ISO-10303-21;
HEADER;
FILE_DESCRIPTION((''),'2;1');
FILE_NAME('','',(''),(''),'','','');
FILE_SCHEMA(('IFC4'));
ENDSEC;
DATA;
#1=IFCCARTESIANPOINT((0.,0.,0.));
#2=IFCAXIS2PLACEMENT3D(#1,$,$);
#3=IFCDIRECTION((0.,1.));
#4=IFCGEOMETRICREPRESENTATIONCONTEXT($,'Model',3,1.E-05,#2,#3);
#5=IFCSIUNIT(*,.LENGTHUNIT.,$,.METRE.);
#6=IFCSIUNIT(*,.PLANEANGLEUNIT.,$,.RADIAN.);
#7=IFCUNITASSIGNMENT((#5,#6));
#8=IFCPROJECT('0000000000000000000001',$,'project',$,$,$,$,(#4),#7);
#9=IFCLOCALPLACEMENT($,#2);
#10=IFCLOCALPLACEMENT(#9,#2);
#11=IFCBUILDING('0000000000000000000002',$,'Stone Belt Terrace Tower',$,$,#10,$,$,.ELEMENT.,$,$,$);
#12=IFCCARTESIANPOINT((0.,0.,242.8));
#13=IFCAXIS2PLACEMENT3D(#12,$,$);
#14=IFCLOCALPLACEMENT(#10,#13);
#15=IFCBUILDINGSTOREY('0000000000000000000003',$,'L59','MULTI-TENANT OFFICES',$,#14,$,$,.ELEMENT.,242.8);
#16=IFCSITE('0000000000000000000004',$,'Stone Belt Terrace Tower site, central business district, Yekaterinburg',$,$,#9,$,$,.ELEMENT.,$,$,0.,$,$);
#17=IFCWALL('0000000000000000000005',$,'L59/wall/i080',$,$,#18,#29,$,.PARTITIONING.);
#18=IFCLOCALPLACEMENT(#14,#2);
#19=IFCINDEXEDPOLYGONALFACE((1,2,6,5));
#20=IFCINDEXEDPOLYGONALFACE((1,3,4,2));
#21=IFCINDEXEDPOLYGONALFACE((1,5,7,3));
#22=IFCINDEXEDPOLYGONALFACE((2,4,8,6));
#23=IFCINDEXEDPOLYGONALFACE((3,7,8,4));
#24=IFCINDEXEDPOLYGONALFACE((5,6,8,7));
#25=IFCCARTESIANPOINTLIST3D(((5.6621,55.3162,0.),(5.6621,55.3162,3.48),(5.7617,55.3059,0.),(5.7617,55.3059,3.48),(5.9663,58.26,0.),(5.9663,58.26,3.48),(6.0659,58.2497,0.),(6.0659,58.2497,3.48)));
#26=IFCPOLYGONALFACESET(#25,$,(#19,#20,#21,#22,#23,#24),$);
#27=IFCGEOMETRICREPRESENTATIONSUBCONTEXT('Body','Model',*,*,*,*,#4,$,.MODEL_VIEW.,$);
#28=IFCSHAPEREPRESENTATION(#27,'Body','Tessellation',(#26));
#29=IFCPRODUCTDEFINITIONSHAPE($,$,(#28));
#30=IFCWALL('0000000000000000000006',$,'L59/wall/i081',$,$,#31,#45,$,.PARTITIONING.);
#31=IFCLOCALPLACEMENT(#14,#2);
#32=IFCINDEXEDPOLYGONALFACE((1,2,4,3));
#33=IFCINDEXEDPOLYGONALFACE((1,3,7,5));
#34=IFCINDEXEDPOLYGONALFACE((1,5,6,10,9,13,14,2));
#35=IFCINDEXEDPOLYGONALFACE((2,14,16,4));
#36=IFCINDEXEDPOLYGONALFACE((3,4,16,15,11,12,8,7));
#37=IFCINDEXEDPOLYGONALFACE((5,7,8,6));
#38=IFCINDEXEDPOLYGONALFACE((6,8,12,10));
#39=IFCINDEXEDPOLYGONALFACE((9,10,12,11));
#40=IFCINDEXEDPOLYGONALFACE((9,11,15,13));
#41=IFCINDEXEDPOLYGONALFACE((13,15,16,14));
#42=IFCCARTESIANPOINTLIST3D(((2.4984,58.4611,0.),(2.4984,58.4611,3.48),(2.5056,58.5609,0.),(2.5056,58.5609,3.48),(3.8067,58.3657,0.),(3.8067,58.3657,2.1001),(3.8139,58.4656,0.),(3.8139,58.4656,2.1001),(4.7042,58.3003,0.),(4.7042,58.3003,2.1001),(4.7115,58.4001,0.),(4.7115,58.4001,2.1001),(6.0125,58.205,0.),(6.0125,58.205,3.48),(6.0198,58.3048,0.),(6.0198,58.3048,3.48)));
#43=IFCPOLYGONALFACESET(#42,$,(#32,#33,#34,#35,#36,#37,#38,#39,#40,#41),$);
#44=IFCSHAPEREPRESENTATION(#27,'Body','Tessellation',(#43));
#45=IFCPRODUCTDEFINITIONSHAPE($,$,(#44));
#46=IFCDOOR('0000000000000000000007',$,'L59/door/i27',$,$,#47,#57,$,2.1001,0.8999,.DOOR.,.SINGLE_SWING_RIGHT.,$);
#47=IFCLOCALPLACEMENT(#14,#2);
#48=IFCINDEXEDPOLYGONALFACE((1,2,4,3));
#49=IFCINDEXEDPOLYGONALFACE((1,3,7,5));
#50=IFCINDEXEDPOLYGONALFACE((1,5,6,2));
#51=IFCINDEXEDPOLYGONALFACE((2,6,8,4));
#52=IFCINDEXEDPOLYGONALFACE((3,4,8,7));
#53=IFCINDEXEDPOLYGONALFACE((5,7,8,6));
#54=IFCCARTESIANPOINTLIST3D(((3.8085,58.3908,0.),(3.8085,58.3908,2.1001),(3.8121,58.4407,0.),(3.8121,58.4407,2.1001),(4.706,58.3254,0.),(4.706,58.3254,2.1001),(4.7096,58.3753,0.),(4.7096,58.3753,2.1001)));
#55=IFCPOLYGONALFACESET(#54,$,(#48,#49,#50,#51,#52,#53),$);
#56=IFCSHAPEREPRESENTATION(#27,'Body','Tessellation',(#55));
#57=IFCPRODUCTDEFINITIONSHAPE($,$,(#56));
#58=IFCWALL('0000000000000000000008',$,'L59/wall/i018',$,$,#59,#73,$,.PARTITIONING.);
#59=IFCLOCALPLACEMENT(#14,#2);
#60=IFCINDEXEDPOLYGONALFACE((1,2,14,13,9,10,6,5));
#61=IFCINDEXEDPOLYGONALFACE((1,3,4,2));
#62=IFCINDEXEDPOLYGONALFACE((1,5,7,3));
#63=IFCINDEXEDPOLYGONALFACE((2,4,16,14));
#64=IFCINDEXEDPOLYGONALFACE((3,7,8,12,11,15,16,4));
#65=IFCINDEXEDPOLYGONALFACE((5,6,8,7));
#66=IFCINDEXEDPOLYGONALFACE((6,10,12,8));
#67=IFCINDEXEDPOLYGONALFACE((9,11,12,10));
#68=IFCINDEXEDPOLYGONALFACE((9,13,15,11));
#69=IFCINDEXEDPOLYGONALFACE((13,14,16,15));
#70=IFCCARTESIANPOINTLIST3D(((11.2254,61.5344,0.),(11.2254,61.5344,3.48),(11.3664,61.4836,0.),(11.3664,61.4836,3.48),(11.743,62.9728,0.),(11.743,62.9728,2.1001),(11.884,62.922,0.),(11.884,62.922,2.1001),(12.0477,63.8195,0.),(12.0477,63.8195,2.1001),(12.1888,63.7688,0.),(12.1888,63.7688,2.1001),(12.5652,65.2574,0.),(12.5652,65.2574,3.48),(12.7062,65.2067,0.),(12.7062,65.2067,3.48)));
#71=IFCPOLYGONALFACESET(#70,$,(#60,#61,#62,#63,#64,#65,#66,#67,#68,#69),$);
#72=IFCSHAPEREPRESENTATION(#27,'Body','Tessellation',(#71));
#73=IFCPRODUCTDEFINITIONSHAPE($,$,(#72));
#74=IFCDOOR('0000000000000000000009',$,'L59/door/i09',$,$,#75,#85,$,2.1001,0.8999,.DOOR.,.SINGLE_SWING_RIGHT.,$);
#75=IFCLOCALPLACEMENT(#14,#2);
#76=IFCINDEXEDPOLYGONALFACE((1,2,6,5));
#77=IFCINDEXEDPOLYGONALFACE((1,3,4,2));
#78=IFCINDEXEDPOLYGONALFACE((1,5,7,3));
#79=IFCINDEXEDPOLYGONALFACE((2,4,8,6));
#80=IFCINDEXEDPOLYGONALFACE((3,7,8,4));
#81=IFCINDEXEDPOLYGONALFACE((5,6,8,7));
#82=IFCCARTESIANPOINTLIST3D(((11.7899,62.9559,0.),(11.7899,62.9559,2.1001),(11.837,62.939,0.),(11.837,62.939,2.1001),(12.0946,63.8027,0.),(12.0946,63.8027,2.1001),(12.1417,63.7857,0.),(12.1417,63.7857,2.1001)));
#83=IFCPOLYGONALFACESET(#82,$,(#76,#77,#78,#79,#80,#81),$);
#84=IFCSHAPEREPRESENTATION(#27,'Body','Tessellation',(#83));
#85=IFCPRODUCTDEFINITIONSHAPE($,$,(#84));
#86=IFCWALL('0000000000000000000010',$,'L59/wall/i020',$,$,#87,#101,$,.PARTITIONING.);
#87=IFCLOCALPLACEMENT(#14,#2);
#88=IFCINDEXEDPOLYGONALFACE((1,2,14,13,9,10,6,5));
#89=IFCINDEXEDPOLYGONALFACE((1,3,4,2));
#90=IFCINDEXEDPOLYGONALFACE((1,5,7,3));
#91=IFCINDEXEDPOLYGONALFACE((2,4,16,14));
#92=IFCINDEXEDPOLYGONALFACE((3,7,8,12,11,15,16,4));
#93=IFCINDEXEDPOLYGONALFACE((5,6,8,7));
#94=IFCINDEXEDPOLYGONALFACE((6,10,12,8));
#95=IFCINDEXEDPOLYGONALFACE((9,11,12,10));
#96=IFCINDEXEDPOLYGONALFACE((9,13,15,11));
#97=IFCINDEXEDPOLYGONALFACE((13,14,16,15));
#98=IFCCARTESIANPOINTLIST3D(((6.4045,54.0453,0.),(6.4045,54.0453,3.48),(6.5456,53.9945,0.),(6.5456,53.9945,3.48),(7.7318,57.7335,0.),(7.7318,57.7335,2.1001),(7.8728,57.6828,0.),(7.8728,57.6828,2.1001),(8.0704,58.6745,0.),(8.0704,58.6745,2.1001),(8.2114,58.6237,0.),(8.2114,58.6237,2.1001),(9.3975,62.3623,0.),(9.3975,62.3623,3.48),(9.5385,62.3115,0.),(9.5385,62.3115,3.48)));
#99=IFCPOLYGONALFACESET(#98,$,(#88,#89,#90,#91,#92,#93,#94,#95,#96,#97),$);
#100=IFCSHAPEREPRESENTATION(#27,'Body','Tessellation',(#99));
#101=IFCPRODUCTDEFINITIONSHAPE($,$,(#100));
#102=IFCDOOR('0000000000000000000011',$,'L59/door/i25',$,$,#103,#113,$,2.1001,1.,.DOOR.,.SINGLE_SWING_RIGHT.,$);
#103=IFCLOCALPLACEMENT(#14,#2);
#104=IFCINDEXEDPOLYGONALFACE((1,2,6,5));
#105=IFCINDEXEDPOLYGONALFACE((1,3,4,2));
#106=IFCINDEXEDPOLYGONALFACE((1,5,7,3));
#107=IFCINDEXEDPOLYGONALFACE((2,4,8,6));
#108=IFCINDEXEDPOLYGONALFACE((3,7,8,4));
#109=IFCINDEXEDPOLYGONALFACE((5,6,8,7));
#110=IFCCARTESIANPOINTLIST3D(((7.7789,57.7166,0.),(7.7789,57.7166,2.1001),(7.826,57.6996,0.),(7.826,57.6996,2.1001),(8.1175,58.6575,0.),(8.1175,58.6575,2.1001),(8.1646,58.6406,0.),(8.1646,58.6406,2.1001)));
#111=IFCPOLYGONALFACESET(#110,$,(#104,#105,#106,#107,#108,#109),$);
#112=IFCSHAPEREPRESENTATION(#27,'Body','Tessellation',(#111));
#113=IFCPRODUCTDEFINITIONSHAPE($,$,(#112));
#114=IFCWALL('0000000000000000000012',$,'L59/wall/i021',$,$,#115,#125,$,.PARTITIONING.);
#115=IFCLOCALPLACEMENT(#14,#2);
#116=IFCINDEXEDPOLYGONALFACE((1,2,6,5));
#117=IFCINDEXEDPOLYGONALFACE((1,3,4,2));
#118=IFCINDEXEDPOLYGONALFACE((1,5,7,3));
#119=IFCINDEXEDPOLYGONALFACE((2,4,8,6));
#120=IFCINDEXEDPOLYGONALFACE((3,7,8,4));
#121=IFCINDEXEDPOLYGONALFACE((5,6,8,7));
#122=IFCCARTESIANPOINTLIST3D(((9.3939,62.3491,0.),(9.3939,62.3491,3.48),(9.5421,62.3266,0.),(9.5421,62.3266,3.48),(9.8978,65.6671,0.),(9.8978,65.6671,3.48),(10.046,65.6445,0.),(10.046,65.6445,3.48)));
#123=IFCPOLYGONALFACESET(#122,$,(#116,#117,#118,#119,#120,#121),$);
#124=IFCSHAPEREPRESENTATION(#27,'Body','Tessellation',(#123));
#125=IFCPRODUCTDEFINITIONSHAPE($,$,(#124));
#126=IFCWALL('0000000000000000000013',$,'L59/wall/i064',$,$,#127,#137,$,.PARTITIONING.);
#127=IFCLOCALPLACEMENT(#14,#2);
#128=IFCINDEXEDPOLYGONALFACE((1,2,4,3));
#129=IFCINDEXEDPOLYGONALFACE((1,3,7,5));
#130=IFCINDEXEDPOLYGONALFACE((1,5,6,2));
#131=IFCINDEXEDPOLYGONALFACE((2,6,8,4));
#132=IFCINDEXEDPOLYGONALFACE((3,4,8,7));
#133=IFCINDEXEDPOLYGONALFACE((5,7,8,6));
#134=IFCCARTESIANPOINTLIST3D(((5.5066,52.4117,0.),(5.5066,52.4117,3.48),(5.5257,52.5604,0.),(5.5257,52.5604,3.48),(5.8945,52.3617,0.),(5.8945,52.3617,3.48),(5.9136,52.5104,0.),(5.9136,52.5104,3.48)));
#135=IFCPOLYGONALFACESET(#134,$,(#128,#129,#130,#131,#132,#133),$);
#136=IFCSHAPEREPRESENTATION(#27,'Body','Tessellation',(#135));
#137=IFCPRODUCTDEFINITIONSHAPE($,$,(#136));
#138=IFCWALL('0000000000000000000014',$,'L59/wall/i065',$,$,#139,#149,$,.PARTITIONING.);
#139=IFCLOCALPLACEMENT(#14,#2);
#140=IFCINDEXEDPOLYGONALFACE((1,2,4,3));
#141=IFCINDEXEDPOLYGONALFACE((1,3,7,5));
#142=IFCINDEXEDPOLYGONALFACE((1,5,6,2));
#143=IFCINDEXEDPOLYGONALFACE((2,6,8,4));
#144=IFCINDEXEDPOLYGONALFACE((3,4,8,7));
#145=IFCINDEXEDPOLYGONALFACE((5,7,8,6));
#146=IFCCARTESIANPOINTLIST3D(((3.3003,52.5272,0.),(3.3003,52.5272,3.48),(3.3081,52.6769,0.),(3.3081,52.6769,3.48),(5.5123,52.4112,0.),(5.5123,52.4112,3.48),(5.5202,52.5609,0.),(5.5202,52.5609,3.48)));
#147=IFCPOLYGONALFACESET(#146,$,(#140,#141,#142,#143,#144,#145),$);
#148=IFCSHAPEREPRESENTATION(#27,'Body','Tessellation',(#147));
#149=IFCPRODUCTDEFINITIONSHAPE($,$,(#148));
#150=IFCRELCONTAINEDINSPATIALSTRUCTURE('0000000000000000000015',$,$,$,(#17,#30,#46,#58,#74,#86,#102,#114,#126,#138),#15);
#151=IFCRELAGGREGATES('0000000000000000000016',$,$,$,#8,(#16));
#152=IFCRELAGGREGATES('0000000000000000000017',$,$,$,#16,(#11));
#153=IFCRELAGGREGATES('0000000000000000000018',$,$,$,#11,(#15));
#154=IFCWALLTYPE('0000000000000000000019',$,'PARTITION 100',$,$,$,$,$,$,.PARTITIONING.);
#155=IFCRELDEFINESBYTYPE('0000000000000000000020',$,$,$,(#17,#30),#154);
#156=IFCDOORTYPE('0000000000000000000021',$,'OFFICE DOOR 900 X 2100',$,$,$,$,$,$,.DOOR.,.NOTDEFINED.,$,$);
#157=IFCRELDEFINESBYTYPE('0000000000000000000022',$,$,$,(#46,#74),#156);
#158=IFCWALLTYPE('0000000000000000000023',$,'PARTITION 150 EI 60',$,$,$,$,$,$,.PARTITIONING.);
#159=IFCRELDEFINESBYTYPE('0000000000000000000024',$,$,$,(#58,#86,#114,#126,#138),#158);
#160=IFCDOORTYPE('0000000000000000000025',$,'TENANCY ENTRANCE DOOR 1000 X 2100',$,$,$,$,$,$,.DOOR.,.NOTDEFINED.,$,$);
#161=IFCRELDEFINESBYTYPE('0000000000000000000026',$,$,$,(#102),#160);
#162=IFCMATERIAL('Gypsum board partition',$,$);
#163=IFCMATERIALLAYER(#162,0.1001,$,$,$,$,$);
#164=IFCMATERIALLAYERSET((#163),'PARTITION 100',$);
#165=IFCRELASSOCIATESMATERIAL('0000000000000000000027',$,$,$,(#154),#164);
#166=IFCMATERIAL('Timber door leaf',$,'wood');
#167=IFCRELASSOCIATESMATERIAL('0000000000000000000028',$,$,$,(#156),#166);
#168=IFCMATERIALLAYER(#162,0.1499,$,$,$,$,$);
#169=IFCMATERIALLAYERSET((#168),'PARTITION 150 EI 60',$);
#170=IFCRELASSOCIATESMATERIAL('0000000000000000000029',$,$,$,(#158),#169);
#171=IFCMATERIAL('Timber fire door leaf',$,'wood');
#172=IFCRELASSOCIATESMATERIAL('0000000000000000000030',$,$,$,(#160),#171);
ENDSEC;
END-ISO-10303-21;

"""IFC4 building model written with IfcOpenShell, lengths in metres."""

from ifc_helpers import new_model, si_unit, direction, frame, frame_2d, origin, place, context, subcontext, project, spatial, rectangle, extrude, material, layer, layer_set, type_object, element, fill, save


model = new_model("IFC4")

# Units and contexts
model_context = context("Model", 3, precision=1e-05, world=origin(), true_north=direction((0.0, 1.0)))
body_context = subcontext(model_context, "Body", "Model", "MODEL_VIEW")
ifc_project = project(units=[si_unit("LENGTHUNIT", "METRE"), si_unit("PLANEANGLEUNIT", "RADIAN")], contexts=[model_context])

# Site, building, storey
site_placement = place(None, origin())
site = spatial("IfcSite", under=ifc_project, at=site_placement, Name="Stone Belt Terrace Tower site, central business district, Yekaterinburg", CompositionType="ELEMENT", RefElevation=0.0)
building_placement = place(site_placement, origin())
building = spatial("IfcBuilding", under=site, at=building_placement, Name="Stone Belt Terrace Tower", CompositionType="ELEMENT")
storey_placement = place(building_placement, frame((0.0, 0.0, 242.8)))
storey = spatial("IfcBuildingStorey", under=building, at=storey_placement, Name="L59", Description="MULTI-TENANT OFFICES", CompositionType="ELEMENT", Elevation=242.8)

# Shared definitions
ifc_material_1 = material(Name="Timber door leaf", Category="wood")

# Wall
ifc_material_2 = material(Name="Gypsum board partition")
ifc_layer_1 = layer(ifc_material_2, 0.1001)
ifc_layer_set_1 = layer_set([ifc_layer_1], Name="PARTITION 100")
wall_type_1 = type_object("IfcWallType", Name="PARTITION 100", PredefinedType="PARTITIONING", material=ifc_layer_set_1)
wall_1_placement = place(storey_placement, frame((5.7119, 55.311, 0.0), z_axis=(0.0, 0.0, 1.0), x_axis=(0.102787, 0.994703, 0.0)))
element("IfcWall", 1, at=wall_1_placement, inside=storey, type_object=wall_type_1, Name="L59/wall/i080", PredefinedType="PARTITIONING", context=body_context, shape_type="SweptSolid", body=[
    extrude(rectangle(XDim=2.9595, YDim=0.1001, at=frame_2d((1.4797, 0.0))), origin(), (0.0, 0.0, 1.0), 3.48),
])

# Walls, openings, doors
wall_2_placement = place(storey_placement, frame((6.0161, 58.2549, 0.0), z_axis=(0.0, 0.0, 1.0), x_axis=(-0.997355, 0.072685, 0.0)))
wall_2 = element("IfcWall", 2, at=wall_2_placement, inside=storey, type_object=wall_type_1, Name="L59/wall/i081", PredefinedType="PARTITIONING", context=body_context, shape_type="SweptSolid", body=[
    extrude(rectangle(XDim=3.5234, YDim=0.1001, at=frame_2d((1.7617, 0.0))), origin(), (0.0, 0.0, 1.0), 3.48),
])
opening_1_placement = place(wall_2_placement, frame((1.3118, 0.0, 0.0)))
opening_1 = element("IfcOpeningElement", 3, at=opening_1_placement, cuts=wall_2, PredefinedType="OPENING", context=body_context, shape_type="SweptSolid", body=[
    extrude(rectangle(XDim=0.8999, YDim=2.1001, at=frame_2d((0.45, 1.05))), frame((0.0, 0.0601, 0.0), z_axis=(0.0, -1.0, 0.0), x_axis=(1.0, 0.0, 0.0)), (0.0, 0.0, 1.0), 0.1201),
])
door_type_1 = type_object("IfcDoorType", Name="OFFICE DOOR 900 X 2100", OperationType="NOTDEFINED", PredefinedType="DOOR", material=ifc_material_1)
door_1_placement = place(opening_1_placement, origin())
door_1 = element("IfcDoor", 4, at=door_1_placement, inside=storey, type_object=door_type_1, Name="L59/door/i27", OperationType="SINGLE_SWING_RIGHT", OverallHeight=2.1001, OverallWidth=0.8999, PredefinedType="DOOR", context=body_context, shape_type="SweptSolid", body=[
    extrude(rectangle(XDim=0.8999, YDim=2.1001, at=frame_2d((0.45, 1.05))), frame((0.0, 0.0249, 0.0), z_axis=(0.0, -1.0, 0.0), x_axis=(1.0, 0.0, 0.0)), (0.0, 0.0, 1.0), 0.05),
])
fill(opening_1, door_1)
ifc_layer_2 = layer(ifc_material_2, 0.1499)
ifc_layer_set_2 = layer_set([ifc_layer_2], Name="PARTITION 150 EI 60")
wall_type_2 = type_object("IfcWallType", Name="PARTITION 150 EI 60", PredefinedType="PARTITIONING", material=ifc_layer_set_2)
wall_3_placement = place(storey_placement, frame((12.6357, 65.2322, 0.0), z_axis=(0.0, 0.0, 1.0), x_axis=(-0.33861, -0.940927, 0.0)))
wall_3 = element("IfcWall", 5, at=wall_3_placement, inside=storey, type_object=wall_type_2, Name="L59/wall/i018", PredefinedType="PARTITIONING", context=body_context, shape_type="SweptSolid", body=[
    extrude(rectangle(XDim=3.9568, YDim=0.1499, at=frame_2d((1.9785, 0.0))), origin(), (0.0, 0.0, 1.0), 3.48),
])
opening_2_placement = place(wall_3_placement, frame((1.5283, 0.0, 0.0)))
opening_2 = element("IfcOpeningElement", 6, at=opening_2_placement, cuts=wall_3, PredefinedType="OPENING", context=body_context, shape_type="SweptSolid", body=[
    extrude(rectangle(XDim=0.8999, YDim=2.1001, at=frame_2d((0.45, 1.05))), frame((0.0, 0.085, 0.0), z_axis=(0.0, -1.0, 0.0), x_axis=(1.0, 0.0, 0.0)), (0.0, 0.0, 1.0), 0.1699),
])
door_2_placement = place(opening_2_placement, origin())
door_2 = element("IfcDoor", 7, at=door_2_placement, inside=storey, type_object=door_type_1, Name="L59/door/i09", OperationType="SINGLE_SWING_RIGHT", OverallHeight=2.1001, OverallWidth=0.8999, PredefinedType="DOOR", context=body_context, shape_type="SweptSolid", body=[
    extrude(rectangle(XDim=0.8999, YDim=2.1001, at=frame_2d((0.45, 1.05))), frame((0.0, 0.0249, 0.0), z_axis=(0.0, -1.0, 0.0), x_axis=(1.0, 0.0, 0.0)), (0.0, 0.0, 1.0), 0.05),
])
fill(opening_2, door_2)
wall_4_placement = place(storey_placement, frame((6.4751, 54.02, 0.0), z_axis=(0.0, 0.0, 1.0), x_axis=(0.338603, 0.940929, 0.0)))
wall_4 = element("IfcWall", 8, at=wall_4_placement, inside=storey, type_object=wall_type_2, Name="L59/wall/i020", PredefinedType="PARTITIONING", context=body_context, shape_type="SweptSolid", body=[
    extrude(rectangle(XDim=8.8391, YDim=0.1499, at=frame_2d((4.4194, 0.0))), origin(), (0.0, 0.0, 1.0), 3.48),
])
opening_3_placement = place(wall_4_placement, frame((3.9197, 0.0, 0.0)))
opening_3 = element("IfcOpeningElement", 9, at=opening_3_placement, cuts=wall_4, PredefinedType="OPENING", context=body_context, shape_type="SweptSolid", body=[
    extrude(rectangle(XDim=1.0, YDim=2.1001, at=frame_2d((0.5, 1.05))), frame((0.0, 0.085, 0.0), z_axis=(0.0, -1.0, 0.0), x_axis=(1.0, 0.0, 0.0)), (0.0, 0.0, 1.0), 0.1699),
])
ifc_material_3 = material(Name="Timber fire door leaf", Category="wood")
door_type_2 = type_object("IfcDoorType", Name="TENANCY ENTRANCE DOOR 1000 X 2100", OperationType="NOTDEFINED", PredefinedType="DOOR", material=ifc_material_3)
door_3_placement = place(opening_3_placement, origin())
door_3 = element("IfcDoor", 10, at=door_3_placement, inside=storey, type_object=door_type_2, Name="L59/door/i25", OperationType="SINGLE_SWING_RIGHT", OverallHeight=2.1001, OverallWidth=1.0, PredefinedType="DOOR", context=body_context, shape_type="SweptSolid", body=[
    extrude(rectangle(XDim=1.0, YDim=2.1001, at=frame_2d((0.5, 1.05))), frame((0.0, 0.0249, 0.0), z_axis=(0.0, -1.0, 0.0), x_axis=(1.0, 0.0, 0.0)), (0.0, 0.0, 1.0), 0.05),
])
fill(opening_3, door_3)

# Walls
wall_5_placement = place(storey_placement, frame((9.468, 62.3379, 0.0), z_axis=(0.0, 0.0, 1.0), x_axis=(0.150154, 0.988663, 0.0)))
element("IfcWall", 11, at=wall_5_placement, inside=storey, type_object=wall_type_2, Name="L59/wall/i021", PredefinedType="PARTITIONING", context=body_context, shape_type="SweptSolid", body=[
    extrude(rectangle(XDim=3.356, YDim=0.1499, at=frame_2d((1.678, 0.0))), origin(), (0.0, 0.0, 1.0), 3.48),
])
wall_6_placement = place(storey_placement, frame((5.9041, 52.436, 0.0), z_axis=(0.0, 0.0, 1.0), x_axis=(-0.99178, 0.127952, 0.0)))
element("IfcWall", 12, at=wall_6_placement, inside=storey, type_object=wall_type_2, Name="L59/wall/i064", PredefinedType="PARTITIONING", context=body_context, shape_type="SweptSolid", body=[
    extrude(rectangle(XDim=0.3911, YDim=0.1499, at=frame_2d((0.1956, 0.0))), origin(), (0.0, 0.0, 1.0), 3.48),
])
wall_7_placement = place(storey_placement, frame((5.5161, 52.4861, 0.0), z_axis=(0.0, 0.0, 1.0), x_axis=(-0.998629, 0.052351, 0.0)))
element("IfcWall", 13, at=wall_7_placement, inside=storey, type_object=wall_type_2, Name="L59/wall/i065", PredefinedType="PARTITIONING", context=body_context, shape_type="SweptSolid", body=[
    extrude(rectangle(XDim=2.2151, YDim=0.1499, at=frame_2d((1.1074, 0.0))), origin(), (0.0, 0.0, 1.0), 3.48),
])

save(model, "model.ifc")
